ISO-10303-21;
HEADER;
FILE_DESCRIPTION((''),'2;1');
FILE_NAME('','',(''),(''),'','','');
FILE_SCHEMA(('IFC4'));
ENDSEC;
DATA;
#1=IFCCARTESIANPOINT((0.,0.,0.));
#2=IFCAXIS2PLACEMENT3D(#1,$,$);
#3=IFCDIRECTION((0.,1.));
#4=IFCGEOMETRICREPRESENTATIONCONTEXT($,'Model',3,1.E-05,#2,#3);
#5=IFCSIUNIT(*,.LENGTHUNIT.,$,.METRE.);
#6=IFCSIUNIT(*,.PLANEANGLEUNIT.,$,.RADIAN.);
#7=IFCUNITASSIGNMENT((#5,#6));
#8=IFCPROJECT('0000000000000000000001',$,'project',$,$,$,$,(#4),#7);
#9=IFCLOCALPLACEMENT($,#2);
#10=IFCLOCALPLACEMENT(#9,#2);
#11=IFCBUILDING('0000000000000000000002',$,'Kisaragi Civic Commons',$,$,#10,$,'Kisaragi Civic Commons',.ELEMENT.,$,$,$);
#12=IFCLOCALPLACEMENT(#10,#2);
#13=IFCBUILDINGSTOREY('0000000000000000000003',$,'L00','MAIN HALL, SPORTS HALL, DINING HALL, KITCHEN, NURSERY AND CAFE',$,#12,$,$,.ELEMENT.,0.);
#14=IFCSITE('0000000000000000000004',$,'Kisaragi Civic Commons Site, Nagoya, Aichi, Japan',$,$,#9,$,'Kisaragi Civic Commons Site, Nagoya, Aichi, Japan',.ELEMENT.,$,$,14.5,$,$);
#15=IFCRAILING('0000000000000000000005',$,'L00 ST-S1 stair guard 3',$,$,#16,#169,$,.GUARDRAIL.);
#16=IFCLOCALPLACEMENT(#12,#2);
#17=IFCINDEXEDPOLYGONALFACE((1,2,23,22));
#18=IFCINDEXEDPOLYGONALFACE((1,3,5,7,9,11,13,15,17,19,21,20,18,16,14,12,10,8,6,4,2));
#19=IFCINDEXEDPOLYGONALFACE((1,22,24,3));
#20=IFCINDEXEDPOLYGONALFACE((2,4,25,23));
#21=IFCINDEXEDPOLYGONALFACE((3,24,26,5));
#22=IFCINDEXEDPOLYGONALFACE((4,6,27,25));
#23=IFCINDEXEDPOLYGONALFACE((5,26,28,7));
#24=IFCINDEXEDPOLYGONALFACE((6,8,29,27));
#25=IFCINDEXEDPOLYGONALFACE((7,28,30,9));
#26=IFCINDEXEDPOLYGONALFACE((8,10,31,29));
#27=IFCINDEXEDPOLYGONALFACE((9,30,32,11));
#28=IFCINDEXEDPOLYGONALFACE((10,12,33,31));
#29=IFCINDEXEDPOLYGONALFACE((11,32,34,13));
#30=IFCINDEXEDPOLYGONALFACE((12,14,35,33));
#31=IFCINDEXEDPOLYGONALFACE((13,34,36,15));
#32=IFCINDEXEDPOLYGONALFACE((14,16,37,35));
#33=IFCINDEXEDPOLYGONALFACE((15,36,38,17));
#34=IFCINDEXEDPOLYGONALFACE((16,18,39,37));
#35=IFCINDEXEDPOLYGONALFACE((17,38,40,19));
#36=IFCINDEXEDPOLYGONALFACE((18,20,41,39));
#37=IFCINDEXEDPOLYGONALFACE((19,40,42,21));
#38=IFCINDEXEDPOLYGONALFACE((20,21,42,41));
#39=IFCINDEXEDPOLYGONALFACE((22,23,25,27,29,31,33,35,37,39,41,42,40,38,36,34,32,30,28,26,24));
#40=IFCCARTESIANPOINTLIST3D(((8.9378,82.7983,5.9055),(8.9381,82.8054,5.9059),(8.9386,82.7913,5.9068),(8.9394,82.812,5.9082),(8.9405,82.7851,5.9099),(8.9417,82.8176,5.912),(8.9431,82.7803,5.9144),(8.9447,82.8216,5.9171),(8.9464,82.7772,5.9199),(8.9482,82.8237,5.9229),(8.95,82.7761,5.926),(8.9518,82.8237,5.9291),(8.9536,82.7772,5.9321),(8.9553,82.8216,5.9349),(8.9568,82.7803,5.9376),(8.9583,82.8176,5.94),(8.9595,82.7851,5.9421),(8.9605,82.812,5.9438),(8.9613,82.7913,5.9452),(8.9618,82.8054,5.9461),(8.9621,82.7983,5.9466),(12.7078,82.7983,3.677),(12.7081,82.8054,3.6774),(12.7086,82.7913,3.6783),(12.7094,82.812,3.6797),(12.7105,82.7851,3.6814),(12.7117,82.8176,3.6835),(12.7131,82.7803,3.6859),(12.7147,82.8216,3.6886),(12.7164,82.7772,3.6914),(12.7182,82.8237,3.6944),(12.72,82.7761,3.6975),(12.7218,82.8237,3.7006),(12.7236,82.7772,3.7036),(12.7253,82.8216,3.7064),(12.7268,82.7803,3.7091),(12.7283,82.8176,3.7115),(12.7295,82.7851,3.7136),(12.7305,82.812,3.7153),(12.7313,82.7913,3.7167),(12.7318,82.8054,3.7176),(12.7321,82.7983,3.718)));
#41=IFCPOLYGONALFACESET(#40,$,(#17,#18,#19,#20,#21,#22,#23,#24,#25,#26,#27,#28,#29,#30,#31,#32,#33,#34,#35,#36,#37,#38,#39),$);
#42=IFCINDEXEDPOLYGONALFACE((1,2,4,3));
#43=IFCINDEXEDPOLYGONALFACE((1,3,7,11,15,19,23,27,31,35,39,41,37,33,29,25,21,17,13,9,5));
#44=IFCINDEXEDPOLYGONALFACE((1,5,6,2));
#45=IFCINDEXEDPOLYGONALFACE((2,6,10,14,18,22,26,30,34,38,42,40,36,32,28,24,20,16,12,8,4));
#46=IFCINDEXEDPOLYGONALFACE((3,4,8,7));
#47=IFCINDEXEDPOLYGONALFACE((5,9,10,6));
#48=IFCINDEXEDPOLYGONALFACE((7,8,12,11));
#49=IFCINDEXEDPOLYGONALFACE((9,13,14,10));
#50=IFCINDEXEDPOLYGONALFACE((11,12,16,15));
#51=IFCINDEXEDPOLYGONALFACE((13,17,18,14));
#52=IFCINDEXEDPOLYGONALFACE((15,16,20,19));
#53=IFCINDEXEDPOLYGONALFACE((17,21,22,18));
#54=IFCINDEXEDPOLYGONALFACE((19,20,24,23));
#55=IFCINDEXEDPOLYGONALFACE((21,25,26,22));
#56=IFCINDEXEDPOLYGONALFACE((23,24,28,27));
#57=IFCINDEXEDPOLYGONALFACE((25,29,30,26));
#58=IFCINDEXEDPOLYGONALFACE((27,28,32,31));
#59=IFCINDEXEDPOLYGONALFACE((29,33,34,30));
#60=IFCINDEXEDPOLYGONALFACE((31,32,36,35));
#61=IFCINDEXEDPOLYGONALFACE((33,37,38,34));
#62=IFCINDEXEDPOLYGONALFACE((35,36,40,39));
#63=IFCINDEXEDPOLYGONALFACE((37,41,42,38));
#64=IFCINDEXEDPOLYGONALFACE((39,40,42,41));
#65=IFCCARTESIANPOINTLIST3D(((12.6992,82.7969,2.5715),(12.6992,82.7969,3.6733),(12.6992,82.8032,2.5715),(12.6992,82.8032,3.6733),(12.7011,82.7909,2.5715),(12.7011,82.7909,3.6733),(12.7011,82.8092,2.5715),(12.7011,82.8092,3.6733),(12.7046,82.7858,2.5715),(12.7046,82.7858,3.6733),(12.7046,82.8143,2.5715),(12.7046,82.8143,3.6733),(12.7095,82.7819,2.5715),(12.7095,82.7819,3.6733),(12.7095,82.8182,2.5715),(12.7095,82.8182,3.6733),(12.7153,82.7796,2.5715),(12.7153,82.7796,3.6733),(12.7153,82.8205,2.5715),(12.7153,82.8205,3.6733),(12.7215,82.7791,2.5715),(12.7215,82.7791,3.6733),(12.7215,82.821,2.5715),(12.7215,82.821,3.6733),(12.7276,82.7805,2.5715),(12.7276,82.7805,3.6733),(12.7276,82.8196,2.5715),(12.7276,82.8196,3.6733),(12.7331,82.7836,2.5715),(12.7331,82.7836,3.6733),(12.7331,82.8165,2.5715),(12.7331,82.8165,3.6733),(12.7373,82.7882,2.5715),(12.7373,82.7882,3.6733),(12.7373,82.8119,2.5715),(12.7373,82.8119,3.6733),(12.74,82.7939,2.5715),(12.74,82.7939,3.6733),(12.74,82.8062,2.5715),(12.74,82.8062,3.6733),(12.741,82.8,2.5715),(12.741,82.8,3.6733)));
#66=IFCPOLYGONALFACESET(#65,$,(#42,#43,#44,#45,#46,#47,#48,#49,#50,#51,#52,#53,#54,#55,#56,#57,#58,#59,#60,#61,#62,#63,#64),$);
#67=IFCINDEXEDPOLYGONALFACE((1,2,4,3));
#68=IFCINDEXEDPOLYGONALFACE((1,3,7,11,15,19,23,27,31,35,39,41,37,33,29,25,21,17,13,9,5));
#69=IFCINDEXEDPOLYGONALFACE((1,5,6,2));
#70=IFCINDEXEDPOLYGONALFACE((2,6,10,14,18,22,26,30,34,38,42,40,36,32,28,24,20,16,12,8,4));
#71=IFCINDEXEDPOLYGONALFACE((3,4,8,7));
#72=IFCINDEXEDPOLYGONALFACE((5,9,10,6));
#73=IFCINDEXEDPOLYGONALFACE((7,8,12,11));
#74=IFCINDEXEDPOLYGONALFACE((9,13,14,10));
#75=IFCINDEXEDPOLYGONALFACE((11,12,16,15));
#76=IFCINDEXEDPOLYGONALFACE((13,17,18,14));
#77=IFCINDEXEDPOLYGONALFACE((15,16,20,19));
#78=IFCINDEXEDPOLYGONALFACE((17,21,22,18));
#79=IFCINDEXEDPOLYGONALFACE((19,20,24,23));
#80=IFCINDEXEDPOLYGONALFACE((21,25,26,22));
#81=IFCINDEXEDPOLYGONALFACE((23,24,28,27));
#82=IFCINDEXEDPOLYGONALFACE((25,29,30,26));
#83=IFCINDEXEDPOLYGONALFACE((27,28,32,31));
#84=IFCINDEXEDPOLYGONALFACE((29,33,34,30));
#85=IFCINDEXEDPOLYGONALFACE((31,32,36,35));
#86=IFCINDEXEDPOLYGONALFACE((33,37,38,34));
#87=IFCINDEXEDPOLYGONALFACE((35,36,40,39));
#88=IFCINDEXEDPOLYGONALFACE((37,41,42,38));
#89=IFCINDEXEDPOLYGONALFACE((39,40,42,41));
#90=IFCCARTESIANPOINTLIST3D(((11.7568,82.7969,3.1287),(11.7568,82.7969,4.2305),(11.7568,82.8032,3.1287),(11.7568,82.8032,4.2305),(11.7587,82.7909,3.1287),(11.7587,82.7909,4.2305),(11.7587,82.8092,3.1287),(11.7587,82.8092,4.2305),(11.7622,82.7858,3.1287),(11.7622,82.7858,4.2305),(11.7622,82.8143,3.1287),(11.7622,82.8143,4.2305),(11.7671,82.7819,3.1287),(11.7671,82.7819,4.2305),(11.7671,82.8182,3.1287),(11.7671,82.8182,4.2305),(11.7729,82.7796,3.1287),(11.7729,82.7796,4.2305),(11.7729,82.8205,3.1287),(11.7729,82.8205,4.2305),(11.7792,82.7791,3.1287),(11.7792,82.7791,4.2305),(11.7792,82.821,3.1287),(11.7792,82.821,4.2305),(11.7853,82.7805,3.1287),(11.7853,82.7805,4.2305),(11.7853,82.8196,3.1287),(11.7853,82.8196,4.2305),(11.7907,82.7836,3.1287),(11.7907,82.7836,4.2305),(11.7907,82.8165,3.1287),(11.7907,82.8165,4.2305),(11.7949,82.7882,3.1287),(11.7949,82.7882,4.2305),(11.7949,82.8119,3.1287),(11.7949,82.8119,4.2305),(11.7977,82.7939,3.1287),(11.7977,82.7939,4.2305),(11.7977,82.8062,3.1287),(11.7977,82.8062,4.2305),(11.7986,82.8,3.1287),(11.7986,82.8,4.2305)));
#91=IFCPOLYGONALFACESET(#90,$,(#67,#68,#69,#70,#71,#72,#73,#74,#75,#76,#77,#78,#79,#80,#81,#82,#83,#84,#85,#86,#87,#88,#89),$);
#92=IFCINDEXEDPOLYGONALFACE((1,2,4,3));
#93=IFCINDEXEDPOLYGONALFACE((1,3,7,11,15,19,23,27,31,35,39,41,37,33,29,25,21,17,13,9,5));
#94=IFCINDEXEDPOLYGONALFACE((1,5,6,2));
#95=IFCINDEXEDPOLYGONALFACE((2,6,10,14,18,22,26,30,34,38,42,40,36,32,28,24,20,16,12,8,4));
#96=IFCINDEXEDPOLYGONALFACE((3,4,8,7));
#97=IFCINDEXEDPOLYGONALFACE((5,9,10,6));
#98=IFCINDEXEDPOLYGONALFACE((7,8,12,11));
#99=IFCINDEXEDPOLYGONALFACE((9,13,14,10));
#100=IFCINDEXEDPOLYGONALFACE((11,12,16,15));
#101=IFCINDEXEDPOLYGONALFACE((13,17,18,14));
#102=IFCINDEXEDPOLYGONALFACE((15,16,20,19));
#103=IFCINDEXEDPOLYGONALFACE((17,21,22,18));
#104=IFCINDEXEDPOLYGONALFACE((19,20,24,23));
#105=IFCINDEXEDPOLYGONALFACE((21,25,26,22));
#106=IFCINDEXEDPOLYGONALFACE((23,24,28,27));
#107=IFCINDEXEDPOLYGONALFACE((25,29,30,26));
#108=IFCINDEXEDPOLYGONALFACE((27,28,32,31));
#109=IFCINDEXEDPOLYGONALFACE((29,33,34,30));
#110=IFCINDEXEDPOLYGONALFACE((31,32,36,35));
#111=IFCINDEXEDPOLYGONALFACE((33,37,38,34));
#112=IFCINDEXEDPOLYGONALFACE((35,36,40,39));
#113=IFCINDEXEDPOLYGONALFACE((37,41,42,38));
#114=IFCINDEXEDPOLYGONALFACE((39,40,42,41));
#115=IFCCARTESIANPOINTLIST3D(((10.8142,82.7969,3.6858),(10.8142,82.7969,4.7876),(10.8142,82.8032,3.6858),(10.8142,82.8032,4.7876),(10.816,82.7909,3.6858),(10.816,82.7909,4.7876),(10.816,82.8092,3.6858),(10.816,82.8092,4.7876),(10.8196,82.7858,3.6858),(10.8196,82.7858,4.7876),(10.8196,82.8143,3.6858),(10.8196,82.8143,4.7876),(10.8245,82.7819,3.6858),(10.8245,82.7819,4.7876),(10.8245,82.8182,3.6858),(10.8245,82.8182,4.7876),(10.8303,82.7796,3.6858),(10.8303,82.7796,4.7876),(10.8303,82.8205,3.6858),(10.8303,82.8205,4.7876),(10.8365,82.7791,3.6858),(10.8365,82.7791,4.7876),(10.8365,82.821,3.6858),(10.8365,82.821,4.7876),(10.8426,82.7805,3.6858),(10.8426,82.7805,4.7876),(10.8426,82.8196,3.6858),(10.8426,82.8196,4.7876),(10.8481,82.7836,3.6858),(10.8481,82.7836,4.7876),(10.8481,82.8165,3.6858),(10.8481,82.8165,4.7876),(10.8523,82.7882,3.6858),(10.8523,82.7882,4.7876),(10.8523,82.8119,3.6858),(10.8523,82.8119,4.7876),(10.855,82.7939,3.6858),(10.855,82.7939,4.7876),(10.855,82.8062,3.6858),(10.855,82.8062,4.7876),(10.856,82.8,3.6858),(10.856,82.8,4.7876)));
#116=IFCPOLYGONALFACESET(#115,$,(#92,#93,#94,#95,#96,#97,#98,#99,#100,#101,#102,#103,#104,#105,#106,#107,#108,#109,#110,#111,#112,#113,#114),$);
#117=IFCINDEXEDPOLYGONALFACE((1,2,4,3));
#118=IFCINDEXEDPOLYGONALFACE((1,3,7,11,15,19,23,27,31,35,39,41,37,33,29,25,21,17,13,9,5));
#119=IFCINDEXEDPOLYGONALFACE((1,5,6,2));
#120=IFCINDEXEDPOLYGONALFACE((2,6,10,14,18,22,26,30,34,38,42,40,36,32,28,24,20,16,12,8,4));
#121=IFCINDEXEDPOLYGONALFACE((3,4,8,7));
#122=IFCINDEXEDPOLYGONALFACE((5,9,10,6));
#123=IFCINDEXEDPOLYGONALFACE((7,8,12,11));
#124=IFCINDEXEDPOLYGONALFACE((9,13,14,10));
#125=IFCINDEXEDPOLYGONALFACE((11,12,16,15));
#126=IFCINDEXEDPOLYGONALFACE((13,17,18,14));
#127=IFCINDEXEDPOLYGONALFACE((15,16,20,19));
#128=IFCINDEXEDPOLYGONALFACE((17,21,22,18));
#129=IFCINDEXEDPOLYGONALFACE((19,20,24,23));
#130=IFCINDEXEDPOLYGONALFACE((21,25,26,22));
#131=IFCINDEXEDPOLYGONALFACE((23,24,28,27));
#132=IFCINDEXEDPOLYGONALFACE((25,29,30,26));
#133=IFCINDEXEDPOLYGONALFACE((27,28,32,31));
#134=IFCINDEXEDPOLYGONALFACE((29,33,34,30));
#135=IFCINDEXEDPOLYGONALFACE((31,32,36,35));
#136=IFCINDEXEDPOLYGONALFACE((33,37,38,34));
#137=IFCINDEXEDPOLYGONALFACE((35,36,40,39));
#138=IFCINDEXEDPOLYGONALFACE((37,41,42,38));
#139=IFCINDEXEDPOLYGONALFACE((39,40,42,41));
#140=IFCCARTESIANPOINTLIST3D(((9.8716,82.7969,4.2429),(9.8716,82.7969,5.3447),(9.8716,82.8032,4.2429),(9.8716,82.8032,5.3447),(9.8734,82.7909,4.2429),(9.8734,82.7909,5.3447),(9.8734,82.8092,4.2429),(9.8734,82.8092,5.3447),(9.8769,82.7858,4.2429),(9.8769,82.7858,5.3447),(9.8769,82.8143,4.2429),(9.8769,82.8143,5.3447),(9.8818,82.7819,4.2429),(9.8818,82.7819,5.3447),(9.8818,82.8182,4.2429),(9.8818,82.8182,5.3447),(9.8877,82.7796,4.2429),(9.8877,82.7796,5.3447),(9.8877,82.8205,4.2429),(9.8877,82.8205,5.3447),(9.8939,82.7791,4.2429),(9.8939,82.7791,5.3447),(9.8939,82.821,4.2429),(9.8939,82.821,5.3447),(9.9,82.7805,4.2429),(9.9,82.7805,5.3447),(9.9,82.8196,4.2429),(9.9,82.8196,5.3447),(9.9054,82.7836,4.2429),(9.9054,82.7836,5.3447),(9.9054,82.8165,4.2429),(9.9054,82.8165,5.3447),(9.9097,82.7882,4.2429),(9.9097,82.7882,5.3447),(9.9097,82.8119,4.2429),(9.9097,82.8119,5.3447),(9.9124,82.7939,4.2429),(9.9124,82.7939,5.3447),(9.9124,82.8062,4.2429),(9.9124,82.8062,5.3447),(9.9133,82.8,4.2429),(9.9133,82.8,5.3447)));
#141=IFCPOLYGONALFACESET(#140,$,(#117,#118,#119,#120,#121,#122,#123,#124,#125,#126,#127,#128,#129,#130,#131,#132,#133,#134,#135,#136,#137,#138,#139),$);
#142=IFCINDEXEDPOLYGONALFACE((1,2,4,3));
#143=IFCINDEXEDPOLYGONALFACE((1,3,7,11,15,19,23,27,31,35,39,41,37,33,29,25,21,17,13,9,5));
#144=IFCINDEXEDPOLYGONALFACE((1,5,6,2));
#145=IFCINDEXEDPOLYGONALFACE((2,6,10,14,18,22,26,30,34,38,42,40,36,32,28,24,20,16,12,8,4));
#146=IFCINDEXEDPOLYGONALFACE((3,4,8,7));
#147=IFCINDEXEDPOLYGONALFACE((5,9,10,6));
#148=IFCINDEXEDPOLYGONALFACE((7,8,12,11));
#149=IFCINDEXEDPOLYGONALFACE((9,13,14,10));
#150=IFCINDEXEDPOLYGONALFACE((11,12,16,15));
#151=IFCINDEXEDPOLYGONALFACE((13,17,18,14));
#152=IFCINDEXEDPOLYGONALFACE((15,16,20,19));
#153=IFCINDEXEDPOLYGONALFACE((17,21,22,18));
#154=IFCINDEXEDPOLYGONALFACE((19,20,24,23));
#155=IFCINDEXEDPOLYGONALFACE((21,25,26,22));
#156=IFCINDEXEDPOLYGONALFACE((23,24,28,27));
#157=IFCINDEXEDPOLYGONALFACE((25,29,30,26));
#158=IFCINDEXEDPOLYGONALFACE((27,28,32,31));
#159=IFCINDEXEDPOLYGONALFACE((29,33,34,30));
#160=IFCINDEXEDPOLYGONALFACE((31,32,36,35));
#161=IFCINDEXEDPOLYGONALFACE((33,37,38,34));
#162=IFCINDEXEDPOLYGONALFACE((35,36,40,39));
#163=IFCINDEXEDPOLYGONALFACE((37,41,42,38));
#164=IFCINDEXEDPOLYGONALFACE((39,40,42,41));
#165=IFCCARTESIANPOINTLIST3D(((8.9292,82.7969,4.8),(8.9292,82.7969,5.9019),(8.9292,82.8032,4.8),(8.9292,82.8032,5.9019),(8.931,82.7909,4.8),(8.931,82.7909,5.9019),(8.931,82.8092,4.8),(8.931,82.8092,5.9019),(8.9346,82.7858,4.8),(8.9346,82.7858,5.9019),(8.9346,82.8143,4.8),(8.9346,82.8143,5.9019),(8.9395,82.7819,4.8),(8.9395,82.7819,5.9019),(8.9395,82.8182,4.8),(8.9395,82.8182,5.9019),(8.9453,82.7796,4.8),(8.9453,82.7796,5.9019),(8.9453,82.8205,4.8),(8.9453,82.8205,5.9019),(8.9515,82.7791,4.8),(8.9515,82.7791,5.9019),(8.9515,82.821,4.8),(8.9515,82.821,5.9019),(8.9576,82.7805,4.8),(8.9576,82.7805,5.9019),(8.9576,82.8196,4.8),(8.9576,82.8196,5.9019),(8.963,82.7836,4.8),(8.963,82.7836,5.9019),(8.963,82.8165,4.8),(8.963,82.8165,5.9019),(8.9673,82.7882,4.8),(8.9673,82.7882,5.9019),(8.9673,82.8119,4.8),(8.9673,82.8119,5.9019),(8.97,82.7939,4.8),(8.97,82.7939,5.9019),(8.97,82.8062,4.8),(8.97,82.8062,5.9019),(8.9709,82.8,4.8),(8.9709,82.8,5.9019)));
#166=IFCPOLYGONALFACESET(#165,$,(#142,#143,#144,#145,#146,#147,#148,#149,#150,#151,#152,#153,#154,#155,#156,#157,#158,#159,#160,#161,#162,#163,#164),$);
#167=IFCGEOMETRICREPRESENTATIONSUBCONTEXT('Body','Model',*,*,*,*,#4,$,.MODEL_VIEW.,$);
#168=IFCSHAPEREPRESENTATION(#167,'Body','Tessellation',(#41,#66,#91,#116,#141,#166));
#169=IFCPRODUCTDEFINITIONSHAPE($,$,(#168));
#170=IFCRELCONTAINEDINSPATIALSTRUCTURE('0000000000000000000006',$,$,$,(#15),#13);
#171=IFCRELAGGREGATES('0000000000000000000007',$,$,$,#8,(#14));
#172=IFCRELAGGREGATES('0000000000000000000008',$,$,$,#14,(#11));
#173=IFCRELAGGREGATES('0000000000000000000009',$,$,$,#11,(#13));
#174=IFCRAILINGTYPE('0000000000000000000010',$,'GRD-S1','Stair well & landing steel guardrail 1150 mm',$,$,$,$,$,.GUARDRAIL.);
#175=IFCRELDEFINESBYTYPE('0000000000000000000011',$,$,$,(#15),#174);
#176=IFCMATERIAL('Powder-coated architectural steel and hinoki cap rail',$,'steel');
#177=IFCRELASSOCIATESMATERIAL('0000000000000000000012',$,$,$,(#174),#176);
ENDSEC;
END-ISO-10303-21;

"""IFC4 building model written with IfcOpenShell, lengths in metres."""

from ifc_helpers import new_model, si_unit, direction, frame, origin, origin_2d, place, context, subcontext, project, spatial, circle, extrude, material, type_object, element, save


model = new_model("IFC4")

# Units and contexts
model_context = context("Model", 3, precision=1e-05, world=origin(), true_north=direction((0.0, 1.0)))
body_context = subcontext(model_context, "Body", "Model", "MODEL_VIEW")
ifc_project = project(units=[si_unit("LENGTHUNIT", "METRE"), si_unit("PLANEANGLEUNIT", "RADIAN")], contexts=[model_context])

# Site, building, storey
site_placement = place(None, origin())
site = spatial("IfcSite", under=ifc_project, at=site_placement, Name="Kisaragi Civic Commons Site, Nagoya, Aichi, Japan", LongName="Kisaragi Civic Commons Site, Nagoya, Aichi, Japan", CompositionType="ELEMENT", RefElevation=14.5)
building_placement = place(site_placement, origin())
building = spatial("IfcBuilding", under=site, at=building_placement, Name="Kisaragi Civic Commons", LongName="Kisaragi Civic Commons", CompositionType="ELEMENT")
storey_placement = place(building_placement, origin())
storey = spatial("IfcBuildingStorey", under=building, at=storey_placement, Name="L00", Description="MAIN HALL, SPORTS HALL, DINING HALL, KITCHEN, NURSERY AND CAFE", CompositionType="ELEMENT", Elevation=0.0)

# Railing
ifc_material_1 = material(Name="Powder-coated architectural steel and hinoki cap rail", Category="steel")
railing_type_1 = type_object("IfcRailingType", Name="GRD-S1", Description="Stair well & landing steel guardrail 1150 mm", PredefinedType="GUARDRAIL", material=ifc_material_1)
railing_1_placement = place(storey_placement, frame((12.72, 82.8, 2.5715)))
element("IfcRailing", 1, at=railing_1_placement, inside=storey, type_object=railing_type_1, Name="L00 ST-S1 stair guard 3", PredefinedType="GUARDRAIL", context=body_context, shape_type="SweptSolid", body=[
    extrude(circle(Radius=0.0239, at=origin_2d()), frame((0.0, 0.0, 1.126), z_axis=(-0.860849, 0.0, 0.508861), x_axis=(0.0, -1.0, 0.0)), (0.0, 0.0, 1.0), 4.3794),
    extrude(circle(Radius=0.021, at=origin_2d()), origin(), (0.0, 0.0, 1.0), 1.1018),
    extrude(circle(Radius=0.021, at=origin_2d()), frame((-0.9424, 0.0, 0.5571)), (0.0, 0.0, 1.0), 1.1018),
    extrude(circle(Radius=0.021, at=origin_2d()), frame((-1.885, 0.0, 1.1143)), (0.0, 0.0, 1.0), 1.1018),
    extrude(circle(Radius=0.021, at=origin_2d()), frame((-2.8276, 0.0, 1.6714)), (0.0, 0.0, 1.0), 1.1018),
    extrude(circle(Radius=0.021, at=origin_2d()), frame((-3.77, 0.0, 2.2285)), (0.0, 0.0, 1.0), 1.1018),
])

save(model, "model.ifc")
